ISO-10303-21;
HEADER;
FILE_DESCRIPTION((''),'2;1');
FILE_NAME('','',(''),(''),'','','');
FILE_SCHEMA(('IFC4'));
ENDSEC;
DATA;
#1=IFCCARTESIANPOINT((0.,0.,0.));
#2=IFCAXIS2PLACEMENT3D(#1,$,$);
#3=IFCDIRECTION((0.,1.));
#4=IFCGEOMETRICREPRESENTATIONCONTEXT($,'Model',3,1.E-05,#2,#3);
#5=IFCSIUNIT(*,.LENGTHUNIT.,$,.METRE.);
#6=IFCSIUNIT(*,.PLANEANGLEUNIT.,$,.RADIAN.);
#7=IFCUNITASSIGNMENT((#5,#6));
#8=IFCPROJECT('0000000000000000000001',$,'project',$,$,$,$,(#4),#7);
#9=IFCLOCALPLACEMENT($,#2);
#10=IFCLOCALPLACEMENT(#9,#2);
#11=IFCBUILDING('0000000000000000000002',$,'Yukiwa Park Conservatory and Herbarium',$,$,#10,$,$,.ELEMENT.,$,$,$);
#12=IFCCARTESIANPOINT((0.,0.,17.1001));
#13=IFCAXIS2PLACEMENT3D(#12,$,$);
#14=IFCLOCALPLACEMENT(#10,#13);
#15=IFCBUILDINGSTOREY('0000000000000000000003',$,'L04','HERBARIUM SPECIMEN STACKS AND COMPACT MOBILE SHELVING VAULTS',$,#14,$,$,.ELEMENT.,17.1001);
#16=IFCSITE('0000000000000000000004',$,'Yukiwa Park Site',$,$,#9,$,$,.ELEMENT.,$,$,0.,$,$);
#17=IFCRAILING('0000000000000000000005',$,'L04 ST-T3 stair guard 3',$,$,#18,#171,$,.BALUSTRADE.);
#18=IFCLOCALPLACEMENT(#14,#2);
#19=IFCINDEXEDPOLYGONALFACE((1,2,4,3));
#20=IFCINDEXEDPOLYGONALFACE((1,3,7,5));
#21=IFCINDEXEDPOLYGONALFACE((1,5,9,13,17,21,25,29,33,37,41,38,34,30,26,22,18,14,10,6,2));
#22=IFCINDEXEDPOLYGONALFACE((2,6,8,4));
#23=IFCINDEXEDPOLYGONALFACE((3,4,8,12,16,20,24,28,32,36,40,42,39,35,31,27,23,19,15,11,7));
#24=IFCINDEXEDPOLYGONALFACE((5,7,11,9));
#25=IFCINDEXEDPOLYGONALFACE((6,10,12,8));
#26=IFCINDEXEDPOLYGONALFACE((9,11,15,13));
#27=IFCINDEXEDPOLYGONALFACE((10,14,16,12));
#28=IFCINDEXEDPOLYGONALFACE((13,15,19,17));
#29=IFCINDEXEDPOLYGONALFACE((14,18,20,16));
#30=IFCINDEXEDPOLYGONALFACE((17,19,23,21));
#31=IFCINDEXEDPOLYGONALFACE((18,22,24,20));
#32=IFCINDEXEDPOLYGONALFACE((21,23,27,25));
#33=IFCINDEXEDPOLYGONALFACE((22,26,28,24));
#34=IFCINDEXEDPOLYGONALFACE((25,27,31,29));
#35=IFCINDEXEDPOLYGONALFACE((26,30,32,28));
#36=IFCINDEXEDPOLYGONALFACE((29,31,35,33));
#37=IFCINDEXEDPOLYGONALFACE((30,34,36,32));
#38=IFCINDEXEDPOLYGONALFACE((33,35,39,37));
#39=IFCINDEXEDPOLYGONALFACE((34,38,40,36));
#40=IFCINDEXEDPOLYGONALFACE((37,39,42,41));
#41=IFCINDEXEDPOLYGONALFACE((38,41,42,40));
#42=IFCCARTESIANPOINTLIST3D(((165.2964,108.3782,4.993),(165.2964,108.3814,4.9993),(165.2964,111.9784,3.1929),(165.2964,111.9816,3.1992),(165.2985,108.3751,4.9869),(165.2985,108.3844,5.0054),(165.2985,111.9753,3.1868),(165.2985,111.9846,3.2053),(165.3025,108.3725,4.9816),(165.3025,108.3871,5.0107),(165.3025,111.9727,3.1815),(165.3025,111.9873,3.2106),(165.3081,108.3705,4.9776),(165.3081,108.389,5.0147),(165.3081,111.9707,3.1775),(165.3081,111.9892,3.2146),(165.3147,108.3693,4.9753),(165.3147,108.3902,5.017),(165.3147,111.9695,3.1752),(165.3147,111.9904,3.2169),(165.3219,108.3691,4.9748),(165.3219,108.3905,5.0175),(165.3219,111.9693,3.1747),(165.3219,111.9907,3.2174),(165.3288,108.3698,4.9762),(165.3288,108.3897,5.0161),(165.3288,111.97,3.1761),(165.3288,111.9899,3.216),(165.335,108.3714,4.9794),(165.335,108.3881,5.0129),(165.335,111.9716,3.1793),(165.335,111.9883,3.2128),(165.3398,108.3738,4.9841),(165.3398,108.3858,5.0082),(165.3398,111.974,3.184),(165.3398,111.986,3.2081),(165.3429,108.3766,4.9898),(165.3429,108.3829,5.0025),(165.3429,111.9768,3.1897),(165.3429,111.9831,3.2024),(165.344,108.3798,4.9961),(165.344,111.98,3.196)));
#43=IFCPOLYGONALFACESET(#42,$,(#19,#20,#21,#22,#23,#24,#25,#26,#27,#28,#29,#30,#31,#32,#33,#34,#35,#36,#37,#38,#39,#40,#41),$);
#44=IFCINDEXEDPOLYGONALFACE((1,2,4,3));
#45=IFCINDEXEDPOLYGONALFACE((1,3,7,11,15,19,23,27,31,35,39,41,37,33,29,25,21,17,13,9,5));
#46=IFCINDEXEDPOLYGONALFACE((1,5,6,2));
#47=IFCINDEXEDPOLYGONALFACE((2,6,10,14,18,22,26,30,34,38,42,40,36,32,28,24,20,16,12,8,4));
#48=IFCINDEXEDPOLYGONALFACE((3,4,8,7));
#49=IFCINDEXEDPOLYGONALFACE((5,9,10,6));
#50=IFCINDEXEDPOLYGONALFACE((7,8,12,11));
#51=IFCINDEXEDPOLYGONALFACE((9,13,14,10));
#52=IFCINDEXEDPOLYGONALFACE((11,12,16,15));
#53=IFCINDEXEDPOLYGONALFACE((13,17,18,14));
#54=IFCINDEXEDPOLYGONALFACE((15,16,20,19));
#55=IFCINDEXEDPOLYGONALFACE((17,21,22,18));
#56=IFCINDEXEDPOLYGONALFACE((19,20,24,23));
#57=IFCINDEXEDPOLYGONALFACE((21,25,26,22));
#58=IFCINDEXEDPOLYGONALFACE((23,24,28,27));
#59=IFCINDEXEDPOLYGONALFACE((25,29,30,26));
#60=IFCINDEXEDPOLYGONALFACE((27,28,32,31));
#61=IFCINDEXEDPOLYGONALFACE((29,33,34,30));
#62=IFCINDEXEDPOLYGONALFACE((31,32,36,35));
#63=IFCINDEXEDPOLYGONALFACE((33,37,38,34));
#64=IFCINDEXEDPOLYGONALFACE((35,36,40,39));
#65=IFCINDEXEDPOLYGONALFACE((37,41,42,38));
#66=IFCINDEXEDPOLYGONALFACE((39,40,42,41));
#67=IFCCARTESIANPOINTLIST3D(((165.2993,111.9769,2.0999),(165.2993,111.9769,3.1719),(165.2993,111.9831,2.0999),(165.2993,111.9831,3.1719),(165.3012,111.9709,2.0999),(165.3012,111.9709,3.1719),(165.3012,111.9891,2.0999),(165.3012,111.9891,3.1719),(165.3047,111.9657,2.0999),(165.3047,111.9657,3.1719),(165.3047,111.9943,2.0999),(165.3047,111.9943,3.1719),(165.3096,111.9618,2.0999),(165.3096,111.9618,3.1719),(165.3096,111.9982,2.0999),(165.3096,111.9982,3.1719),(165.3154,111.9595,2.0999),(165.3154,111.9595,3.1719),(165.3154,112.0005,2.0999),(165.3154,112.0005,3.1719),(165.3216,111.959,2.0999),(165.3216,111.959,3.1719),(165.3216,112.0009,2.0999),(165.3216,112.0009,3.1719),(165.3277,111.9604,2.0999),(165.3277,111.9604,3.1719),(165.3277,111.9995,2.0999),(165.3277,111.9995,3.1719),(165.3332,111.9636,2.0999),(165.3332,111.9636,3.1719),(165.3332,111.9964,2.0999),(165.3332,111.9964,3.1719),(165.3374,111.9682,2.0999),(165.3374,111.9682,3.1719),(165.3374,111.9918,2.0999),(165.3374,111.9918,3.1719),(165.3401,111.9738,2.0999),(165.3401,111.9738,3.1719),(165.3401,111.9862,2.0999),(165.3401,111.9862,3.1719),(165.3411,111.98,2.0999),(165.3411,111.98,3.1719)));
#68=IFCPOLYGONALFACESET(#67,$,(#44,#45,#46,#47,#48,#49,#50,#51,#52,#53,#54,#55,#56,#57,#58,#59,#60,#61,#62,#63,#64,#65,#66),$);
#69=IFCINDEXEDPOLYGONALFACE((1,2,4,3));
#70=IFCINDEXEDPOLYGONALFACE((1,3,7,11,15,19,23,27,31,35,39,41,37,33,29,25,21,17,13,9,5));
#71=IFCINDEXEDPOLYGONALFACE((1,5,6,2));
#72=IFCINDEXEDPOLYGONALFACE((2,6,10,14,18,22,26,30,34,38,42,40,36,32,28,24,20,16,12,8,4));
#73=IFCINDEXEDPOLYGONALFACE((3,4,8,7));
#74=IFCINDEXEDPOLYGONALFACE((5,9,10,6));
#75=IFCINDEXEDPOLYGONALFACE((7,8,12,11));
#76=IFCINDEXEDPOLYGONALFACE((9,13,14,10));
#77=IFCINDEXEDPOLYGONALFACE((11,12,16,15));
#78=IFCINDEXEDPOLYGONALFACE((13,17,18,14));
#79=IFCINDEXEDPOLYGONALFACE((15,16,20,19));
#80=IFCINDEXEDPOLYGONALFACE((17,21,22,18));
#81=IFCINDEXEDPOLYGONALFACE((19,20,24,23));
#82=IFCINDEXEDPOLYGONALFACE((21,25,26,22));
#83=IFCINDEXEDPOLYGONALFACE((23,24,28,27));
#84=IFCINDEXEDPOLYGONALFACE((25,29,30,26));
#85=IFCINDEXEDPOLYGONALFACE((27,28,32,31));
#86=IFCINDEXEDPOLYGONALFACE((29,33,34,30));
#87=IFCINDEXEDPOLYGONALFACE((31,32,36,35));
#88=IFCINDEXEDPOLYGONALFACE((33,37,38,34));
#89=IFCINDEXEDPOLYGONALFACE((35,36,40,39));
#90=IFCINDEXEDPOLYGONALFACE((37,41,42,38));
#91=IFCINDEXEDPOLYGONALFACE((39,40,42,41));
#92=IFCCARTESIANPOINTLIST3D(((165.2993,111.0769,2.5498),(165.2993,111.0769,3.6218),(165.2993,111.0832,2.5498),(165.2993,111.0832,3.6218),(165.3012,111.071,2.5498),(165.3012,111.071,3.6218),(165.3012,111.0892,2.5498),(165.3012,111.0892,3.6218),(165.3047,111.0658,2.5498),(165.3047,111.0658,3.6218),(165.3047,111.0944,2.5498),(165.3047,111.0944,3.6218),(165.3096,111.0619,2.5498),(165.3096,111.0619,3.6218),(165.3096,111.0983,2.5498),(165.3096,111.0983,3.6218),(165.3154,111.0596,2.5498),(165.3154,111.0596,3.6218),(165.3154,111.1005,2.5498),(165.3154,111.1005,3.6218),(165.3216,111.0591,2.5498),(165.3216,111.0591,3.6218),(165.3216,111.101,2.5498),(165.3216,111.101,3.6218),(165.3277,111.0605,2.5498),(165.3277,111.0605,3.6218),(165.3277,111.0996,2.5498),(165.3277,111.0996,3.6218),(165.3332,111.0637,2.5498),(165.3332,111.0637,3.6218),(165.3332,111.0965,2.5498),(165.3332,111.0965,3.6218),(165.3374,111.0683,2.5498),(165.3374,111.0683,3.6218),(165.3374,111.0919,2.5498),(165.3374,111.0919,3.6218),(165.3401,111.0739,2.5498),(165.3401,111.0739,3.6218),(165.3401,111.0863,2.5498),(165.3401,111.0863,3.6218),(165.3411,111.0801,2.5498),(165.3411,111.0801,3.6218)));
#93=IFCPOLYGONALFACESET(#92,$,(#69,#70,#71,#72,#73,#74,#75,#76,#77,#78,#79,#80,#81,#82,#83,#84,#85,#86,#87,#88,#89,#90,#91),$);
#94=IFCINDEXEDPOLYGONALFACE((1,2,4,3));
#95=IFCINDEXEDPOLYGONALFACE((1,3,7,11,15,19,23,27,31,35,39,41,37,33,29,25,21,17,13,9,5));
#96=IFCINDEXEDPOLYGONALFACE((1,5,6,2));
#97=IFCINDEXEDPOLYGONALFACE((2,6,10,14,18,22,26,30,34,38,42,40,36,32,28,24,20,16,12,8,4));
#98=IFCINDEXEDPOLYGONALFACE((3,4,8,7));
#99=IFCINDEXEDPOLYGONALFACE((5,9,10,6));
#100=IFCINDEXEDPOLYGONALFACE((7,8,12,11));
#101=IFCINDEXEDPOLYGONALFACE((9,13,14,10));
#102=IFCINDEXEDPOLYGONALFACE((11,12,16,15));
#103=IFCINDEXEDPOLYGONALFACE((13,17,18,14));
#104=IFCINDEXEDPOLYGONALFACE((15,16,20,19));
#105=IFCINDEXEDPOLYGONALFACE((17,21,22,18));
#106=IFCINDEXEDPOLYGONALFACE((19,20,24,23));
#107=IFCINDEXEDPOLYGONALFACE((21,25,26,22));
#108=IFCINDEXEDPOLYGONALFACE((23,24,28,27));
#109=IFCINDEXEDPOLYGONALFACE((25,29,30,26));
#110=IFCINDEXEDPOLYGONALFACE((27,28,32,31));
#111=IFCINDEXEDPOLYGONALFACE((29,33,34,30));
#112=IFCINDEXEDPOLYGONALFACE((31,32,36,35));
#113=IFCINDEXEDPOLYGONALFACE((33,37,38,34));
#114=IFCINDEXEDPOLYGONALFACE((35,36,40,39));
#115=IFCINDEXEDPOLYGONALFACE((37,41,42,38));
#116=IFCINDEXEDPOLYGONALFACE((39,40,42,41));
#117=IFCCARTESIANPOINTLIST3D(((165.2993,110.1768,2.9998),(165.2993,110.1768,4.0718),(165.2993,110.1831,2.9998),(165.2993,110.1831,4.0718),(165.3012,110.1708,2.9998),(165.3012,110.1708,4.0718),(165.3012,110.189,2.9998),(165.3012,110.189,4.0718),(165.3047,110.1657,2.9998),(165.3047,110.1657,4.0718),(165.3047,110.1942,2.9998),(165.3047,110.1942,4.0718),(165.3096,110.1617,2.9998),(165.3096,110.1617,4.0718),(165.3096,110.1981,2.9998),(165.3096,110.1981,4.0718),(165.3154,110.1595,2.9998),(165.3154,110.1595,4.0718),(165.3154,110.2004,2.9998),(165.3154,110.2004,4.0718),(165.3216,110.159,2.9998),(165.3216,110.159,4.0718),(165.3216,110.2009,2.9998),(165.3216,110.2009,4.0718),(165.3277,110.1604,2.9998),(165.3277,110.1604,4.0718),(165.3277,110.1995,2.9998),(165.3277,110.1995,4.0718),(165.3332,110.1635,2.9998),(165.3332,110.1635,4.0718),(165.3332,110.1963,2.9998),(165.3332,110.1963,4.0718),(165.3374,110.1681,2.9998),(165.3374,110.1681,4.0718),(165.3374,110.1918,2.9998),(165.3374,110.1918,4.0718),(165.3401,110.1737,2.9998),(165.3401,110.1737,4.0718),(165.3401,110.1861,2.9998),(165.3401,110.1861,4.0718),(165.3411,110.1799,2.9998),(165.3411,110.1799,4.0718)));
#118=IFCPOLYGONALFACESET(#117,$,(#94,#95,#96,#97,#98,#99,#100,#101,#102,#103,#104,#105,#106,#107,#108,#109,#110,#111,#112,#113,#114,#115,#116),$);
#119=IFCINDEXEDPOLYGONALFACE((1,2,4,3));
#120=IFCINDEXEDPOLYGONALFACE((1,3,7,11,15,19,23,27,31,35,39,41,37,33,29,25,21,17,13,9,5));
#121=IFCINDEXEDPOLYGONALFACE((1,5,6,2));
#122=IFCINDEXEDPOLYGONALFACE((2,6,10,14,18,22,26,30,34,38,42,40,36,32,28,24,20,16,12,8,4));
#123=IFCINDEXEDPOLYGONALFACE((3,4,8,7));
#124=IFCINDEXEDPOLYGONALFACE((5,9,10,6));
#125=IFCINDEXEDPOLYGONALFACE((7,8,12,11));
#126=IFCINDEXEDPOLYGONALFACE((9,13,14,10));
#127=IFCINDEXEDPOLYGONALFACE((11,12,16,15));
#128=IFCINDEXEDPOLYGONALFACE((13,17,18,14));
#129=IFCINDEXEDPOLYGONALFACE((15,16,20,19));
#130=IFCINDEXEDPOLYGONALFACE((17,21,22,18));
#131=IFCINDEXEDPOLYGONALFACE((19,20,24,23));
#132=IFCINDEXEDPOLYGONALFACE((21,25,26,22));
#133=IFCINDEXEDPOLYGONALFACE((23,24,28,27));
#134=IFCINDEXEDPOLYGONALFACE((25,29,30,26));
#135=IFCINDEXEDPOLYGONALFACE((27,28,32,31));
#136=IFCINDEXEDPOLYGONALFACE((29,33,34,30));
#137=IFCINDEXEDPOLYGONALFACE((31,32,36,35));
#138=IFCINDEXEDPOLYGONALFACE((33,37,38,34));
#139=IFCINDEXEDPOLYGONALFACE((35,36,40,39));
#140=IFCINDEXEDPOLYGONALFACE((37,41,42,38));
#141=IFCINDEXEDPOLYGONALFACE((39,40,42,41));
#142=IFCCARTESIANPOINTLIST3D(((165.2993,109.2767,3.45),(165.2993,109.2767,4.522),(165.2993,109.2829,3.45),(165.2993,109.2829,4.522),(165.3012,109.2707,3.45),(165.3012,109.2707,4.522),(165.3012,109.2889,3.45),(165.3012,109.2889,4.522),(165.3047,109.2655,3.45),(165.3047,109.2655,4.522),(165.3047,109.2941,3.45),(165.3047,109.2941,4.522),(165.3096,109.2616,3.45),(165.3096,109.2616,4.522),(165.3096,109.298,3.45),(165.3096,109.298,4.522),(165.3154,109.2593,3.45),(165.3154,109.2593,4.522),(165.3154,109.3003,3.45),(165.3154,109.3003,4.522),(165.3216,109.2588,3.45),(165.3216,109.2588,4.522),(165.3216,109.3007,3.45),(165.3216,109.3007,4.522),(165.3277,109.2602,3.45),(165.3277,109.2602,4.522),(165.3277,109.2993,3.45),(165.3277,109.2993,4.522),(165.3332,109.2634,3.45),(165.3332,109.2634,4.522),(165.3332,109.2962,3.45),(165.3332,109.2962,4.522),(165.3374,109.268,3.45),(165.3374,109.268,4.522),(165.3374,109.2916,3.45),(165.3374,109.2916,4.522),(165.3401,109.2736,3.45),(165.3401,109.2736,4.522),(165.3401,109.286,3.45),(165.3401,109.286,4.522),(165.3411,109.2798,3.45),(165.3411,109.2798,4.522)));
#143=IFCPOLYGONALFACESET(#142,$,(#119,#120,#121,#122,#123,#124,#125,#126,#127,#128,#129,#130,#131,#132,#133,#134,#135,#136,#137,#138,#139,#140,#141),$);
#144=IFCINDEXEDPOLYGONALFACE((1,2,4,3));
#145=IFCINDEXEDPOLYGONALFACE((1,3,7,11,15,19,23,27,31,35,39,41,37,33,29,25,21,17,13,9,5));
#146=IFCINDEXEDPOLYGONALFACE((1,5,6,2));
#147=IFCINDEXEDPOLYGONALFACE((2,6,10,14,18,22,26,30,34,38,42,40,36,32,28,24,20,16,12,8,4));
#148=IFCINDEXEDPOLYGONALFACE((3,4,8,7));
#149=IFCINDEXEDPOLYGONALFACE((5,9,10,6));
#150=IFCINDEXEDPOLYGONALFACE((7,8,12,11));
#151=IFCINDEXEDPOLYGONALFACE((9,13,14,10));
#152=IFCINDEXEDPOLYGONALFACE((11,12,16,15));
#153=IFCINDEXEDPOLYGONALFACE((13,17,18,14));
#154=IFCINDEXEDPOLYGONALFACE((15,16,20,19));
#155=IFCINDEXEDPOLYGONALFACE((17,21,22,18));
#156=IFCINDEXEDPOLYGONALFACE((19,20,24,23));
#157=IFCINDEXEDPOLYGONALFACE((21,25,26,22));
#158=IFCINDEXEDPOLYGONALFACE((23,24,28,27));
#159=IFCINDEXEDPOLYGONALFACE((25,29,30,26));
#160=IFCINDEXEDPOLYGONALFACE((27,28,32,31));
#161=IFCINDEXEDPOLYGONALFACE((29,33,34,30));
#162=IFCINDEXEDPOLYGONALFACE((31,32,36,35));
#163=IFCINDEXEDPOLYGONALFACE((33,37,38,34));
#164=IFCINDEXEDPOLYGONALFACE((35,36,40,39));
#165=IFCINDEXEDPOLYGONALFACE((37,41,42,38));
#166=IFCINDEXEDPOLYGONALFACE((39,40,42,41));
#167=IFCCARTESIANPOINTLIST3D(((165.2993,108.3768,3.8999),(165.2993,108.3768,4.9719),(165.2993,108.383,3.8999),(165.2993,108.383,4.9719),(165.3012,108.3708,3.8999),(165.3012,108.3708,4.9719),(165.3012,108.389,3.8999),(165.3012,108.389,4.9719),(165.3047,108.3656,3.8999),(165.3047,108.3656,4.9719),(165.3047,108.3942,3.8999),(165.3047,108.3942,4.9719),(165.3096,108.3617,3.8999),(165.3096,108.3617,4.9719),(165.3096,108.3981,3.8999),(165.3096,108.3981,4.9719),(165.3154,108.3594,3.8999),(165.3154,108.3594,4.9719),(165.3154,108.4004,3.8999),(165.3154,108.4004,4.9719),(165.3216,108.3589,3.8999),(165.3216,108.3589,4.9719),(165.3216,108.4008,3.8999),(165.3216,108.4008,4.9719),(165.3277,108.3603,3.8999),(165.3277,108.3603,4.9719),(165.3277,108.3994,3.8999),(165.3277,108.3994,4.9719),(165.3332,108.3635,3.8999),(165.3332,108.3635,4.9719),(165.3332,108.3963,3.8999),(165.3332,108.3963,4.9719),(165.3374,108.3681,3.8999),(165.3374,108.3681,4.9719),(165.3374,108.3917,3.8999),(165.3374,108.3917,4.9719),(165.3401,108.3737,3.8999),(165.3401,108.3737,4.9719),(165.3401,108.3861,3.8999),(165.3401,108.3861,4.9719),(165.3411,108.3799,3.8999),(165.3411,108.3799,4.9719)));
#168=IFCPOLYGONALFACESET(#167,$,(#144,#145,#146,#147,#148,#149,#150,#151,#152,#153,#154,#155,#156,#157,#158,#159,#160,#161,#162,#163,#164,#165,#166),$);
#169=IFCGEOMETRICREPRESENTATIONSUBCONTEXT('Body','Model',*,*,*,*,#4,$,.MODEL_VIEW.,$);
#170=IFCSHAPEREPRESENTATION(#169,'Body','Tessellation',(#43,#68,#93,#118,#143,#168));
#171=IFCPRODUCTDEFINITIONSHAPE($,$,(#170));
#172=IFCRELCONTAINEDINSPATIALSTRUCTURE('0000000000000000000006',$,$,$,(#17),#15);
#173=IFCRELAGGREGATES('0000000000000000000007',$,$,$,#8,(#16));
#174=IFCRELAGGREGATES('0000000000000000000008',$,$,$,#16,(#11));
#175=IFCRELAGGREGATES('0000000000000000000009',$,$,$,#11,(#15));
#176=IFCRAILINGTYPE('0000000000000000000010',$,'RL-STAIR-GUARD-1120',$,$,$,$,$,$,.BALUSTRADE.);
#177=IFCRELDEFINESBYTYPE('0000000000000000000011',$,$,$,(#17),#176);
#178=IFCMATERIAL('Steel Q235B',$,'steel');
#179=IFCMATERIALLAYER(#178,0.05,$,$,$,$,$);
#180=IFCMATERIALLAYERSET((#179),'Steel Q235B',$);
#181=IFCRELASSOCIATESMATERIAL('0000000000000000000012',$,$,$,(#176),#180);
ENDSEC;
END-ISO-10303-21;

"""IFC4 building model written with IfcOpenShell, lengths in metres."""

from ifc_helpers import new_model, si_unit, direction, frame, origin, origin_2d, place, context, subcontext, project, spatial, circle, extrude, material, layer, layer_set, type_object, element, save


model = new_model("IFC4")

# Units and contexts
model_context = context("Model", 3, precision=1e-05, world=origin(), true_north=direction((0.0, 1.0)))
body_context = subcontext(model_context, "Body", "Model", "MODEL_VIEW")
ifc_project = project(units=[si_unit("LENGTHUNIT", "METRE"), si_unit("PLANEANGLEUNIT", "RADIAN")], contexts=[model_context])

# Site, building, storey
site_placement = place(None, origin())
site = spatial("IfcSite", under=ifc_project, at=site_placement, Name="Yukiwa Park Site", CompositionType="ELEMENT", RefElevation=0.0)
building_placement = place(site_placement, origin())
building = spatial("IfcBuilding", under=site, at=building_placement, Name="Yukiwa Park Conservatory and Herbarium", CompositionType="ELEMENT")
storey_placement = place(building_placement, frame((0.0, 0.0, 17.1001)))
storey = spatial("IfcBuildingStorey", under=building, at=storey_placement, Name="L04", Description="HERBARIUM SPECIMEN STACKS AND COMPACT MOBILE SHELVING VAULTS", CompositionType="ELEMENT", Elevation=17.1001)

# Railing
ifc_material_1 = material(Name="Steel Q235B", Category="steel")
ifc_layer_1 = layer(ifc_material_1, 0.05)
ifc_layer_set_1 = layer_set([ifc_layer_1], Name="Steel Q235B")
railing_type_1 = type_object("IfcRailingType", Name="RL-STAIR-GUARD-1120", PredefinedType="BALUSTRADE", material=ifc_layer_set_1)
railing_1_placement = place(storey_placement, frame((165.3201, 111.98, 2.0999)))
element("IfcRailing", 1, at=railing_1_placement, inside=storey, type_object=railing_type_1, Name="L04 ST-T3 stair guard 3", PredefinedType="BALUSTRADE", context=body_context, shape_type="SweptSolid", body=[
    extrude(circle(Radius=0.0239, at=origin_2d()), frame((0.0, 0.0, 1.0962), z_axis=(0.0, -0.894427, 0.447214), x_axis=(1.0, 0.0, 0.0)), (0.0, 0.0, 1.0), 4.0251),
    extrude(circle(Radius=0.021, at=origin_2d()), origin(), (0.0, 0.0, 1.0), 1.072),
    extrude(circle(Radius=0.021, at=origin_2d()), frame((0.0, -0.8999, 0.45)), (0.0, 0.0, 1.0), 1.072),
    extrude(circle(Radius=0.021, at=origin_2d()), frame((0.0, -1.8, 0.8999)), (0.0, 0.0, 1.0), 1.072),
    extrude(circle(Radius=0.021, at=origin_2d()), frame((0.0, -2.7002, 1.3501)), (0.0, 0.0, 1.0), 1.072),
    extrude(circle(Radius=0.021, at=origin_2d()), frame((0.0, -3.6001, 1.8)), (0.0, 0.0, 1.0), 1.072),
])

save(model, "model.ifc")
